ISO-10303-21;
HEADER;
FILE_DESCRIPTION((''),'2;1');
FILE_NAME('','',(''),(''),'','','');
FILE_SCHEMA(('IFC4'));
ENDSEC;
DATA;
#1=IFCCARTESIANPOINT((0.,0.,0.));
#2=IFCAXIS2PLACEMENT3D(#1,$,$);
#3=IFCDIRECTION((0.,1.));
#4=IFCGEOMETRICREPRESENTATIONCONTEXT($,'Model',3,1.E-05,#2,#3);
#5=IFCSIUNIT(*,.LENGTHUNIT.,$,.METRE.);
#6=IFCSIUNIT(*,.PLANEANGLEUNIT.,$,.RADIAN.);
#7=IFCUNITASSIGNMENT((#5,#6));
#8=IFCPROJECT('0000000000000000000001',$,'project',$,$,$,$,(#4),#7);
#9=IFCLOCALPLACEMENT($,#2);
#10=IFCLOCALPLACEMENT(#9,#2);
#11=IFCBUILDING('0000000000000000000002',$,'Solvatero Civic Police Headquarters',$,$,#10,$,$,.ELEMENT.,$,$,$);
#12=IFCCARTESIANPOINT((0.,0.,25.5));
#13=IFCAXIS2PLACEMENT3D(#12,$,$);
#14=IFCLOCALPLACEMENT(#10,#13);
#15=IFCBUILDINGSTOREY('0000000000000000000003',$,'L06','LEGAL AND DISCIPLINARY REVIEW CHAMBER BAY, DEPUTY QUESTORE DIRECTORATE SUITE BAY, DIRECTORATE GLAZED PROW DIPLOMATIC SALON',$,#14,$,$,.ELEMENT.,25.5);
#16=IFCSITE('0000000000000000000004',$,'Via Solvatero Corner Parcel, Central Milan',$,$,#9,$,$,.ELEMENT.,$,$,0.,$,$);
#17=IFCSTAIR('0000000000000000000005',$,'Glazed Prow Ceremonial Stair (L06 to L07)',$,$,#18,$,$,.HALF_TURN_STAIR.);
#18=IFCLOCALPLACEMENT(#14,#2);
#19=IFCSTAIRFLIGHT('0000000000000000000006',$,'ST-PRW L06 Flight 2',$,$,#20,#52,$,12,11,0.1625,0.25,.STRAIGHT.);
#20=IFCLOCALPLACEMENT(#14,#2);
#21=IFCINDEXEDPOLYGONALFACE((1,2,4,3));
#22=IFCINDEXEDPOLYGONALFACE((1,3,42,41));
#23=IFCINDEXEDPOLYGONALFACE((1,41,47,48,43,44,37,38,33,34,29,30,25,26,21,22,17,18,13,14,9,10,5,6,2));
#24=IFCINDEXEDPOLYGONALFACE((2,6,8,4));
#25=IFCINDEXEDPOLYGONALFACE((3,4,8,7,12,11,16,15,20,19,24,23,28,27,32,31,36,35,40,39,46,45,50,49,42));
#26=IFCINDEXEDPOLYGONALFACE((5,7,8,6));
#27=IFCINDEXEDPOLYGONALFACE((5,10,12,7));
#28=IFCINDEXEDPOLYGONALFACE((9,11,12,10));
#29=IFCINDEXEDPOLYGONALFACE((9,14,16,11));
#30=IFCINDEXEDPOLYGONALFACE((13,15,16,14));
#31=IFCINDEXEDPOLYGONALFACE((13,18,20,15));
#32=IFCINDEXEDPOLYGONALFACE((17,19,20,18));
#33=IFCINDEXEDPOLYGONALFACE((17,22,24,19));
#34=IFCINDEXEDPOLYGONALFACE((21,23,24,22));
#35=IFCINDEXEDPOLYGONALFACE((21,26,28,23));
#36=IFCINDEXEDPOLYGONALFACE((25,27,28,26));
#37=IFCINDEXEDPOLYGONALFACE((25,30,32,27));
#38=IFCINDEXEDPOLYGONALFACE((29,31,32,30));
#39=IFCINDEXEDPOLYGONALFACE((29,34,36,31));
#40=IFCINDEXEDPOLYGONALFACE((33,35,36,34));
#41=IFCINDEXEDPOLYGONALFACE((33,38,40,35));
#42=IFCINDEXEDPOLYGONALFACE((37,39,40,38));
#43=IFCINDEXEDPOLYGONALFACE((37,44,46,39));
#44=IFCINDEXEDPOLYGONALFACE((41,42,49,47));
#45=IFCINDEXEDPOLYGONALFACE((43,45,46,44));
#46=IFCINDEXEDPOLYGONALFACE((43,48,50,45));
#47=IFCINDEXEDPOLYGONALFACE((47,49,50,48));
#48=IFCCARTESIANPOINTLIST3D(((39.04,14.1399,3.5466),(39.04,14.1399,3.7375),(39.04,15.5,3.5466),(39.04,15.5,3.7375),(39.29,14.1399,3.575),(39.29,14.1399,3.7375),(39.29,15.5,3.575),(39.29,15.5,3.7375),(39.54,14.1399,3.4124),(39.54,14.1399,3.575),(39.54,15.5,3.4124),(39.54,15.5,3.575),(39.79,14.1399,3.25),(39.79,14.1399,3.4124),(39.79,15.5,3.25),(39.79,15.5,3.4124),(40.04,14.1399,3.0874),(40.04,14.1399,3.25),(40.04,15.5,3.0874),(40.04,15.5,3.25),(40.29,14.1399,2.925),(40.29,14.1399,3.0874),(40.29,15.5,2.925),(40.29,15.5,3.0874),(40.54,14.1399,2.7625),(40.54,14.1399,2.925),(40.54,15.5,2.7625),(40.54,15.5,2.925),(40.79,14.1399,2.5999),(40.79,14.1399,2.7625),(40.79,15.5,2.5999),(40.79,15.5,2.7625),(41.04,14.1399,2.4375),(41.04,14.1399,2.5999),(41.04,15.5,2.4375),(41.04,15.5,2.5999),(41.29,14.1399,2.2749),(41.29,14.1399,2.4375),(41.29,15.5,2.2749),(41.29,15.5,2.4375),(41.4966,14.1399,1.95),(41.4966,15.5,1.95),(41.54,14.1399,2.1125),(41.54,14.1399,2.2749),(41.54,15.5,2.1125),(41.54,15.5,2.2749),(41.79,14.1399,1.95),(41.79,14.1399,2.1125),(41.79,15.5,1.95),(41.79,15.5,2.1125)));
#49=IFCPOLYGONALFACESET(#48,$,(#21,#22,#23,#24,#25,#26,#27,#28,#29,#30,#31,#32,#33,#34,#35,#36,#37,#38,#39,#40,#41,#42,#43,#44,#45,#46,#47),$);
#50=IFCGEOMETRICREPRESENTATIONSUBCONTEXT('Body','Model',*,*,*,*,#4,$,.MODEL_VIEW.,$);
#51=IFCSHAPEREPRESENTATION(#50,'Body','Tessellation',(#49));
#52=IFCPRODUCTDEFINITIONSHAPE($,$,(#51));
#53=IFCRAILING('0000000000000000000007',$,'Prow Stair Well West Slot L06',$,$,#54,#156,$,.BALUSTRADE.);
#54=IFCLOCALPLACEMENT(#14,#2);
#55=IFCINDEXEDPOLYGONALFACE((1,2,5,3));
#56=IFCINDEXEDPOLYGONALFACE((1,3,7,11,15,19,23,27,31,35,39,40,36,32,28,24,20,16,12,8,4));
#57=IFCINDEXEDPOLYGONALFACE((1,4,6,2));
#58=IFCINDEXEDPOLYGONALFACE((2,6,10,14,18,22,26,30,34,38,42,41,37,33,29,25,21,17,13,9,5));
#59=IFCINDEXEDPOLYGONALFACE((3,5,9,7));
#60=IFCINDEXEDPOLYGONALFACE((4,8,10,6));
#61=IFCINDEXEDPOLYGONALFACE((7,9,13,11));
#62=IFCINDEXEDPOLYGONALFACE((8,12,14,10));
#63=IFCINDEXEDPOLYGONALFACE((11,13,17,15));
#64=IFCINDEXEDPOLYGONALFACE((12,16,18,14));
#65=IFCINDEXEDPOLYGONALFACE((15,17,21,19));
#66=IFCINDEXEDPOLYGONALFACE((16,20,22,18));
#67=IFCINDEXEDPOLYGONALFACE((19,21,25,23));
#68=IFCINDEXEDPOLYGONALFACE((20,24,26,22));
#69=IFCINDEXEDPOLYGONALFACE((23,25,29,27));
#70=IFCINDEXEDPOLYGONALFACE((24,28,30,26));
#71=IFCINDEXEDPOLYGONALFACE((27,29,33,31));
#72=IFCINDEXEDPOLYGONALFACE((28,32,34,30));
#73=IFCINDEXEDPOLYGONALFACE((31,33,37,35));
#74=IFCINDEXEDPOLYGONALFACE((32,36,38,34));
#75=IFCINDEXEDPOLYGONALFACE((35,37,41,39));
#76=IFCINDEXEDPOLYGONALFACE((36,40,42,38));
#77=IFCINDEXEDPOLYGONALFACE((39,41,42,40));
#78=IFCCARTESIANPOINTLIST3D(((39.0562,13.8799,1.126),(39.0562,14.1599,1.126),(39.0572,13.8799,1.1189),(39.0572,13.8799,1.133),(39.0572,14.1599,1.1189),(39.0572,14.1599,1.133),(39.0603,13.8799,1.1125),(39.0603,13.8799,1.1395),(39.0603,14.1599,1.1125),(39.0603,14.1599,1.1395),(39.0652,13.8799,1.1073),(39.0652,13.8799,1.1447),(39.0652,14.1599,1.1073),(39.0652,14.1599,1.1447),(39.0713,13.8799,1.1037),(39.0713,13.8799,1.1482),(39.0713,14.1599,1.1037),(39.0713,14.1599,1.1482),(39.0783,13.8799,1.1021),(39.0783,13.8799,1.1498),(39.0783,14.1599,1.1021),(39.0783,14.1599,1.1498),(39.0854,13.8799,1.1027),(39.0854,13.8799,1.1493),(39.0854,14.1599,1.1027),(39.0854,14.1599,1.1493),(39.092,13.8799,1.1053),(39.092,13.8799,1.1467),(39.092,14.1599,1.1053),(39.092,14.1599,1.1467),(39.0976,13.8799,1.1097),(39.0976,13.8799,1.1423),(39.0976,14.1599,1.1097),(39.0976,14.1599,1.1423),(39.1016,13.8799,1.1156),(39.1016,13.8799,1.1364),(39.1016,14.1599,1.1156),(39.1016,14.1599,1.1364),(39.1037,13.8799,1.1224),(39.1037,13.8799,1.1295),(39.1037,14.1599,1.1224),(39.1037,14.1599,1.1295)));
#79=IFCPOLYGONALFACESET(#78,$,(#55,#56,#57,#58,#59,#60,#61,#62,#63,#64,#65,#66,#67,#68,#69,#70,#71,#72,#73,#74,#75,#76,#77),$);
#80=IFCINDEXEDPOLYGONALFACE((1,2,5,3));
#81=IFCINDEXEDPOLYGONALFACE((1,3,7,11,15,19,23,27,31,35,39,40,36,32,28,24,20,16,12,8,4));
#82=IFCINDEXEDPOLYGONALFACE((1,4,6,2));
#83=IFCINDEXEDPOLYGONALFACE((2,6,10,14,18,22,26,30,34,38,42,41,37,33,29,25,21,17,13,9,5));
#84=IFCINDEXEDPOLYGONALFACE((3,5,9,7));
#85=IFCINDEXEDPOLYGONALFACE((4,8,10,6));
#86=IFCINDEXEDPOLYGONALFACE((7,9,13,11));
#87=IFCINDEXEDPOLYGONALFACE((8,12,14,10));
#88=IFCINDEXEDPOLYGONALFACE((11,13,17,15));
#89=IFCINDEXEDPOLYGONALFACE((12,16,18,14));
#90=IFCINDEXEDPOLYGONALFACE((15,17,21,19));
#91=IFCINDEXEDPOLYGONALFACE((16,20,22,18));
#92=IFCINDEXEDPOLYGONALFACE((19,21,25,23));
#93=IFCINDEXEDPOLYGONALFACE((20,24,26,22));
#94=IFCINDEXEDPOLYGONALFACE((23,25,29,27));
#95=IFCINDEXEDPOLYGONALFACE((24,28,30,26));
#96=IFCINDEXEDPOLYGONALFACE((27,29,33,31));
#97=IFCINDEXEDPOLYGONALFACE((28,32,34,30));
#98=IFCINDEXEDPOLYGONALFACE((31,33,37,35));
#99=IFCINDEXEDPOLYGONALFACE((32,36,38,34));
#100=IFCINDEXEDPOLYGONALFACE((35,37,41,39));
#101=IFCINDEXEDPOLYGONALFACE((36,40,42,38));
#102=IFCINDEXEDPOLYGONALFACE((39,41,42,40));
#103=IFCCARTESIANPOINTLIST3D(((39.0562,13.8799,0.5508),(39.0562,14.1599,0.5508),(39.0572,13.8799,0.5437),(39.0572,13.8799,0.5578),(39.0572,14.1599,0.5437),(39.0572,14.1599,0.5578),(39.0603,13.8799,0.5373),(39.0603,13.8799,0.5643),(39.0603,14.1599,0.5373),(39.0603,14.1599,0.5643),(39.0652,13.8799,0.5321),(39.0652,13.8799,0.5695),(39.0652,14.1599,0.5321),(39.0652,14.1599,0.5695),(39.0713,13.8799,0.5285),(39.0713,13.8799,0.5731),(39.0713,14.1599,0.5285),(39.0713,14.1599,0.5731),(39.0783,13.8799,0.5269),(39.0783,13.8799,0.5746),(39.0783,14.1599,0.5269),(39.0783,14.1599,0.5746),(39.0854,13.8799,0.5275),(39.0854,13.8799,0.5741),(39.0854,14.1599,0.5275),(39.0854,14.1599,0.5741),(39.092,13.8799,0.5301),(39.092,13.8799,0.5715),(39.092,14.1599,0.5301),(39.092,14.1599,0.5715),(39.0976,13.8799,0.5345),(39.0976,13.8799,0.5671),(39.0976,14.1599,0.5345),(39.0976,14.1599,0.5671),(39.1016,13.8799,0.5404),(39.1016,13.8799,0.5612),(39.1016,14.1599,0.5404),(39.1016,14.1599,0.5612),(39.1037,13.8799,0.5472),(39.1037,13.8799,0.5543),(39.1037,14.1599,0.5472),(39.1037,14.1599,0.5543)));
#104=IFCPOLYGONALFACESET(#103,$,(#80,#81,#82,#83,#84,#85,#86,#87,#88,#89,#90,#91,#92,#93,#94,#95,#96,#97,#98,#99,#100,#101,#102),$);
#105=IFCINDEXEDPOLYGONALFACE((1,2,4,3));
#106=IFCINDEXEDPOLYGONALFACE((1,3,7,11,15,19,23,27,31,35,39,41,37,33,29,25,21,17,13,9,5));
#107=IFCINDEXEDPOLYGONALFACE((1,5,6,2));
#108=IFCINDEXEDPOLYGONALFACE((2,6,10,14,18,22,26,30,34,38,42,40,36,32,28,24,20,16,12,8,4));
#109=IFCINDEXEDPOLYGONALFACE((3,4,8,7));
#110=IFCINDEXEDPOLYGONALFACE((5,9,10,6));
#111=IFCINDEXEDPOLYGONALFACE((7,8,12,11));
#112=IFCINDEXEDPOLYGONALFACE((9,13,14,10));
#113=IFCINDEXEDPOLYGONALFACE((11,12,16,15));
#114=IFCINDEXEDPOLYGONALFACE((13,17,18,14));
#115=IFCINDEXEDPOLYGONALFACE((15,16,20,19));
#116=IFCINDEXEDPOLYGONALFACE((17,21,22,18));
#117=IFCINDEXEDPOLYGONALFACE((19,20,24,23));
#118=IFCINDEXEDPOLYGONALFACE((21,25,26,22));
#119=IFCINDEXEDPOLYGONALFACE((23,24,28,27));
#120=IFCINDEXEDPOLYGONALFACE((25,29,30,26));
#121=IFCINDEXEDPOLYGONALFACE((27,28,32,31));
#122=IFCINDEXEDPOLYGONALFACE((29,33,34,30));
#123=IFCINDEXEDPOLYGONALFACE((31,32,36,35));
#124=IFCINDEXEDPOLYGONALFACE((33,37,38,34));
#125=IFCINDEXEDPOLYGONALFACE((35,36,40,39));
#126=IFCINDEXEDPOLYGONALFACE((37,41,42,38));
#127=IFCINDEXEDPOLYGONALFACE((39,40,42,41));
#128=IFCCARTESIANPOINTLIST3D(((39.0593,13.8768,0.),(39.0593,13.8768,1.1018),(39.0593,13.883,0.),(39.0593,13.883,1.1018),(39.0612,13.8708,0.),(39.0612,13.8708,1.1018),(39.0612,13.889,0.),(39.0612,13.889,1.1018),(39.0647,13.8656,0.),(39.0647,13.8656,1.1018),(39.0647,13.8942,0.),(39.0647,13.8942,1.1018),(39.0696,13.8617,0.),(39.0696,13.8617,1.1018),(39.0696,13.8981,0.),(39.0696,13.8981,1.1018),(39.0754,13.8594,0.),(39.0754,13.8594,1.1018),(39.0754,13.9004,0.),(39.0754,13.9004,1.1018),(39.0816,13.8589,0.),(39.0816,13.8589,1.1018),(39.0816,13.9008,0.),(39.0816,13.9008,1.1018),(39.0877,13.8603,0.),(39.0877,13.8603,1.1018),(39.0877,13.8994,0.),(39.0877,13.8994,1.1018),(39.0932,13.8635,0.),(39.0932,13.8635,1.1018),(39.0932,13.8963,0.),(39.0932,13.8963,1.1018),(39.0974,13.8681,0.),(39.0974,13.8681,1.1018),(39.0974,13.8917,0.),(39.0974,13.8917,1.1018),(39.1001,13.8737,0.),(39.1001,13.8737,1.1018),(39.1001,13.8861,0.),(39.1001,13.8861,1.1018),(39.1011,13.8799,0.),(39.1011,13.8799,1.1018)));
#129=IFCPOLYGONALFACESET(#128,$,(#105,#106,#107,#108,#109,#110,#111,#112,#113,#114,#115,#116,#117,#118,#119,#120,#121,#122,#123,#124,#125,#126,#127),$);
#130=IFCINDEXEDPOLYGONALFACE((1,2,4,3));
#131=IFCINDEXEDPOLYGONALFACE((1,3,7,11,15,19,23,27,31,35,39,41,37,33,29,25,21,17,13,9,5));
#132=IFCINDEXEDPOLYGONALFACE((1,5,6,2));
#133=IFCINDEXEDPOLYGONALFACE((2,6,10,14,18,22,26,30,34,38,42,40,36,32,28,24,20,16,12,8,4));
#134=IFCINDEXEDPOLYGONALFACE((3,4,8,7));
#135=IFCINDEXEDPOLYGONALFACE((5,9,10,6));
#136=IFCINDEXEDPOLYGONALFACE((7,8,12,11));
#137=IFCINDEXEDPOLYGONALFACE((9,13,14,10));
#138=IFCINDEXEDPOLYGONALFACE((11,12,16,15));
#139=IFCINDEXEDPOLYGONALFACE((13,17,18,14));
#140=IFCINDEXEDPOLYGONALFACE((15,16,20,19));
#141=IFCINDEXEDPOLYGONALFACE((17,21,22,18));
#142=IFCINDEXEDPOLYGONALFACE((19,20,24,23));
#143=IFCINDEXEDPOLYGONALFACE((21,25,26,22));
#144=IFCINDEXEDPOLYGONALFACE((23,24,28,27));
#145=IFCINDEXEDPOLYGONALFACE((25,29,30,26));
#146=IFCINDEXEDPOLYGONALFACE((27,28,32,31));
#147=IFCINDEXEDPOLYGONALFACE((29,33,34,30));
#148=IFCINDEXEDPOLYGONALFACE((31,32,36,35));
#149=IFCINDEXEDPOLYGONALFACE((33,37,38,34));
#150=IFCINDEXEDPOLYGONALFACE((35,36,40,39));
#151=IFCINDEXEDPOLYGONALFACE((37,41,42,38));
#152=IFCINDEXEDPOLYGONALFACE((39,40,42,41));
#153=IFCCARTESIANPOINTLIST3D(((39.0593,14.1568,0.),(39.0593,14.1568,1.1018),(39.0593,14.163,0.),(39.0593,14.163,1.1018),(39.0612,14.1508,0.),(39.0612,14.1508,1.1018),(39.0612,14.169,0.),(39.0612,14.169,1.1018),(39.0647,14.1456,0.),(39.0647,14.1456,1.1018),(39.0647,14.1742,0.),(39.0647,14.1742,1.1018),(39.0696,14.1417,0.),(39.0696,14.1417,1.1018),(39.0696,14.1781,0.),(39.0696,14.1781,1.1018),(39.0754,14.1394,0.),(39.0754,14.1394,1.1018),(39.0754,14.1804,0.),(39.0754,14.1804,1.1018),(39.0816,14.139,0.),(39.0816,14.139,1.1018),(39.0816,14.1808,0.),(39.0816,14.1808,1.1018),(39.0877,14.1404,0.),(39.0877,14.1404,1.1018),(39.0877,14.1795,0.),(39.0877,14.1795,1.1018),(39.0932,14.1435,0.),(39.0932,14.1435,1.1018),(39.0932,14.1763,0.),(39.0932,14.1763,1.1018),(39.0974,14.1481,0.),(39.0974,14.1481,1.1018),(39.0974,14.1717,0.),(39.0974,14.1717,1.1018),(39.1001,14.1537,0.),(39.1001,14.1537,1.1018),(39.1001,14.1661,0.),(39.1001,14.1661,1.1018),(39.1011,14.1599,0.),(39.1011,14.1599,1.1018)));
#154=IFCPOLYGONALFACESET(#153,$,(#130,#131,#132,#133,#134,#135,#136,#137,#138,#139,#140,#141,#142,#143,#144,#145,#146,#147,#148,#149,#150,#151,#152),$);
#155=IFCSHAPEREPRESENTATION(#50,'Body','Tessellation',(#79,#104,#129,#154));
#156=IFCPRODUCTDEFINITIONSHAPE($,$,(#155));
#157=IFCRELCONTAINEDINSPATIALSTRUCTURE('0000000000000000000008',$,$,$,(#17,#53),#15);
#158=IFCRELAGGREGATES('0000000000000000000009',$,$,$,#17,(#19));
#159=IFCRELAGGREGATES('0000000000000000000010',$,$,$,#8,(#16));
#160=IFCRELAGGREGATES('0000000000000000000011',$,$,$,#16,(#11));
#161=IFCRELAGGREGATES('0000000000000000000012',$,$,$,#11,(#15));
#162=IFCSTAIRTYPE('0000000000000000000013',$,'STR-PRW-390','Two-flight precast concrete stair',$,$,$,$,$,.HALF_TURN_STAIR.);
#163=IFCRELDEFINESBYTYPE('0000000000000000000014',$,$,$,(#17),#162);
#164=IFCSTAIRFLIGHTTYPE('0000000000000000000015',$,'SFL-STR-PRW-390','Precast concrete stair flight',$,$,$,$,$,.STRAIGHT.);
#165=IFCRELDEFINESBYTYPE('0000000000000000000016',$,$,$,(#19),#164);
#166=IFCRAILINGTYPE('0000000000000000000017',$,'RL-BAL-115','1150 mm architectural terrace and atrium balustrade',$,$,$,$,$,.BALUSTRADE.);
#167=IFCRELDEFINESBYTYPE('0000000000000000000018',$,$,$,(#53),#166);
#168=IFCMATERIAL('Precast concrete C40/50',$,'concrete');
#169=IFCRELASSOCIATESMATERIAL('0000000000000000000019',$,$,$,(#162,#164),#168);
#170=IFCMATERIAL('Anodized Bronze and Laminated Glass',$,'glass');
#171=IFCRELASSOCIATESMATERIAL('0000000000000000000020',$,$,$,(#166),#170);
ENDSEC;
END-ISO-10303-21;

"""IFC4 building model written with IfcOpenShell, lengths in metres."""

from ifc_helpers import new_model, si_unit, direction, frame, origin, origin_2d, place, context, subcontext, project, spatial, polyline, circle, outline, extrude, material, type_object, element, aggregate, save


model = new_model("IFC4")

# Units and contexts
model_context = context("Model", 3, precision=1e-05, world=origin(), true_north=direction((0.0, 1.0)))
body_context = subcontext(model_context, "Body", "Model", "MODEL_VIEW")
ifc_project = project(units=[si_unit("LENGTHUNIT", "METRE"), si_unit("PLANEANGLEUNIT", "RADIAN")], contexts=[model_context])

# Site, building, storey
site_placement = place(None, origin())
site = spatial("IfcSite", under=ifc_project, at=site_placement, Name="Via Solvatero Corner Parcel, Central Milan", CompositionType="ELEMENT", RefElevation=0.0)
building_placement = place(site_placement, origin())
building = spatial("IfcBuilding", under=site, at=building_placement, Name="Solvatero Civic Police Headquarters", CompositionType="ELEMENT")
storey_placement = place(building_placement, frame((0.0, 0.0, 25.5)))
storey = spatial("IfcBuildingStorey", under=building, at=storey_placement, Name="L06", Description="LEGAL AND DISCIPLINARY REVIEW CHAMBER BAY, DEPUTY QUESTORE DIRECTORATE SUITE BAY, DIRECTORATE GLAZED PROW DIPLOMATIC SALON", CompositionType="ELEMENT", Elevation=25.5)

# Stair, stair flight
ifc_material_1 = material(Name="Precast concrete C40/50", Category="concrete")
stair_type_1 = type_object("IfcStairType", Name="STR-PRW-390", Description="Two-flight precast concrete stair", PredefinedType="HALF_TURN_STAIR", material=ifc_material_1)
stair_1_placement = place(storey_placement, origin())
stair_1 = element("IfcStair", 1, at=stair_1_placement, inside=storey, type_object=stair_type_1, Name="Glazed Prow Ceremonial Stair (L06 to L07)", PredefinedType="HALF_TURN_STAIR")
stair_flight_type_1 = type_object("IfcStairFlightType", Name="SFL-STR-PRW-390", Description="Precast concrete stair flight", PredefinedType="STRAIGHT", material=ifc_material_1)
stair_flight_1_placement = place(storey_placement, frame((41.79, 14.8201, 1.95), z_axis=(0.0, 0.0, 1.0), x_axis=(-1.0, 0.0, 0.0)))
stair_flight_1 = element("IfcStairFlight", 2, at=stair_flight_1_placement, type_object=stair_flight_type_1, Name="ST-PRW L06 Flight 2", NumberOfRisers=12, NumberOfTreads=11, PredefinedType="STRAIGHT", RiserHeight=0.1625, TreadLength=0.25, context=body_context, shape_type="SweptSolid", body=[
    extrude(outline(polyline([(0.0, 0.0), (0.0, 0.1626), (0.25, 0.1626), (0.25, 0.325), (0.5, 0.325), (0.5, 0.4875), (0.75, 0.4875), (0.75, 0.6499), (1.0, 0.6499), (1.0, 0.8125), (1.25, 0.8125), (1.25, 0.9751), (1.5, 0.9751), (1.5, 1.1375), (1.75, 1.1375), (1.75, 1.3), (2.0, 1.3), (2.0, 1.4624), (2.25, 1.4624), (2.25, 1.625), (2.5, 1.625), (2.5, 1.7876), (2.75, 1.7876), (2.75, 1.95), (2.75, 1.5967), (0.2935, 0.0), (0.0, 0.0)])), frame((0.0, 0.6802, 0.0), z_axis=(0.0, -1.0, 0.0), x_axis=(1.0, 0.0, 0.0)), (0.0, 0.0, 1.0), 1.3601),
])
aggregate(stair_1, [stair_flight_1])

# Railing
ifc_material_2 = material(Name="Anodized Bronze and Laminated Glass", Category="glass")
railing_type_1 = type_object("IfcRailingType", Name="RL-BAL-115", Description="1150 mm architectural terrace and atrium balustrade", PredefinedType="BALUSTRADE", material=ifc_material_2)
railing_1_placement = place(storey_placement, frame((39.0801, 13.8799, 0.0)))
element("IfcRailing", 3, at=railing_1_placement, inside=storey, type_object=railing_type_1, Name="Prow Stair Well West Slot L06", PredefinedType="BALUSTRADE", context=body_context, shape_type="SweptSolid", body=[
    extrude(circle(Radius=0.0239, at=origin_2d()), frame((0.0, 0.0, 1.126), z_axis=(0.0, 1.0, 0.0), x_axis=(-1.0, 0.0, 0.0)), (0.0, 0.0, 1.0), 0.28),
    extrude(circle(Radius=0.0239, at=origin_2d()), frame((0.0, 0.0, 0.5508), z_axis=(0.0, 1.0, 0.0), x_axis=(-1.0, 0.0, 0.0)), (0.0, 0.0, 1.0), 0.28),
    extrude(circle(Radius=0.021, at=origin_2d()), origin(), (0.0, 0.0, 1.0), 1.1018),
    extrude(circle(Radius=0.021, at=origin_2d()), frame((0.0, 0.28, 0.0)), (0.0, 0.0, 1.0), 1.1018),
])

save(model, "model.ifc")
